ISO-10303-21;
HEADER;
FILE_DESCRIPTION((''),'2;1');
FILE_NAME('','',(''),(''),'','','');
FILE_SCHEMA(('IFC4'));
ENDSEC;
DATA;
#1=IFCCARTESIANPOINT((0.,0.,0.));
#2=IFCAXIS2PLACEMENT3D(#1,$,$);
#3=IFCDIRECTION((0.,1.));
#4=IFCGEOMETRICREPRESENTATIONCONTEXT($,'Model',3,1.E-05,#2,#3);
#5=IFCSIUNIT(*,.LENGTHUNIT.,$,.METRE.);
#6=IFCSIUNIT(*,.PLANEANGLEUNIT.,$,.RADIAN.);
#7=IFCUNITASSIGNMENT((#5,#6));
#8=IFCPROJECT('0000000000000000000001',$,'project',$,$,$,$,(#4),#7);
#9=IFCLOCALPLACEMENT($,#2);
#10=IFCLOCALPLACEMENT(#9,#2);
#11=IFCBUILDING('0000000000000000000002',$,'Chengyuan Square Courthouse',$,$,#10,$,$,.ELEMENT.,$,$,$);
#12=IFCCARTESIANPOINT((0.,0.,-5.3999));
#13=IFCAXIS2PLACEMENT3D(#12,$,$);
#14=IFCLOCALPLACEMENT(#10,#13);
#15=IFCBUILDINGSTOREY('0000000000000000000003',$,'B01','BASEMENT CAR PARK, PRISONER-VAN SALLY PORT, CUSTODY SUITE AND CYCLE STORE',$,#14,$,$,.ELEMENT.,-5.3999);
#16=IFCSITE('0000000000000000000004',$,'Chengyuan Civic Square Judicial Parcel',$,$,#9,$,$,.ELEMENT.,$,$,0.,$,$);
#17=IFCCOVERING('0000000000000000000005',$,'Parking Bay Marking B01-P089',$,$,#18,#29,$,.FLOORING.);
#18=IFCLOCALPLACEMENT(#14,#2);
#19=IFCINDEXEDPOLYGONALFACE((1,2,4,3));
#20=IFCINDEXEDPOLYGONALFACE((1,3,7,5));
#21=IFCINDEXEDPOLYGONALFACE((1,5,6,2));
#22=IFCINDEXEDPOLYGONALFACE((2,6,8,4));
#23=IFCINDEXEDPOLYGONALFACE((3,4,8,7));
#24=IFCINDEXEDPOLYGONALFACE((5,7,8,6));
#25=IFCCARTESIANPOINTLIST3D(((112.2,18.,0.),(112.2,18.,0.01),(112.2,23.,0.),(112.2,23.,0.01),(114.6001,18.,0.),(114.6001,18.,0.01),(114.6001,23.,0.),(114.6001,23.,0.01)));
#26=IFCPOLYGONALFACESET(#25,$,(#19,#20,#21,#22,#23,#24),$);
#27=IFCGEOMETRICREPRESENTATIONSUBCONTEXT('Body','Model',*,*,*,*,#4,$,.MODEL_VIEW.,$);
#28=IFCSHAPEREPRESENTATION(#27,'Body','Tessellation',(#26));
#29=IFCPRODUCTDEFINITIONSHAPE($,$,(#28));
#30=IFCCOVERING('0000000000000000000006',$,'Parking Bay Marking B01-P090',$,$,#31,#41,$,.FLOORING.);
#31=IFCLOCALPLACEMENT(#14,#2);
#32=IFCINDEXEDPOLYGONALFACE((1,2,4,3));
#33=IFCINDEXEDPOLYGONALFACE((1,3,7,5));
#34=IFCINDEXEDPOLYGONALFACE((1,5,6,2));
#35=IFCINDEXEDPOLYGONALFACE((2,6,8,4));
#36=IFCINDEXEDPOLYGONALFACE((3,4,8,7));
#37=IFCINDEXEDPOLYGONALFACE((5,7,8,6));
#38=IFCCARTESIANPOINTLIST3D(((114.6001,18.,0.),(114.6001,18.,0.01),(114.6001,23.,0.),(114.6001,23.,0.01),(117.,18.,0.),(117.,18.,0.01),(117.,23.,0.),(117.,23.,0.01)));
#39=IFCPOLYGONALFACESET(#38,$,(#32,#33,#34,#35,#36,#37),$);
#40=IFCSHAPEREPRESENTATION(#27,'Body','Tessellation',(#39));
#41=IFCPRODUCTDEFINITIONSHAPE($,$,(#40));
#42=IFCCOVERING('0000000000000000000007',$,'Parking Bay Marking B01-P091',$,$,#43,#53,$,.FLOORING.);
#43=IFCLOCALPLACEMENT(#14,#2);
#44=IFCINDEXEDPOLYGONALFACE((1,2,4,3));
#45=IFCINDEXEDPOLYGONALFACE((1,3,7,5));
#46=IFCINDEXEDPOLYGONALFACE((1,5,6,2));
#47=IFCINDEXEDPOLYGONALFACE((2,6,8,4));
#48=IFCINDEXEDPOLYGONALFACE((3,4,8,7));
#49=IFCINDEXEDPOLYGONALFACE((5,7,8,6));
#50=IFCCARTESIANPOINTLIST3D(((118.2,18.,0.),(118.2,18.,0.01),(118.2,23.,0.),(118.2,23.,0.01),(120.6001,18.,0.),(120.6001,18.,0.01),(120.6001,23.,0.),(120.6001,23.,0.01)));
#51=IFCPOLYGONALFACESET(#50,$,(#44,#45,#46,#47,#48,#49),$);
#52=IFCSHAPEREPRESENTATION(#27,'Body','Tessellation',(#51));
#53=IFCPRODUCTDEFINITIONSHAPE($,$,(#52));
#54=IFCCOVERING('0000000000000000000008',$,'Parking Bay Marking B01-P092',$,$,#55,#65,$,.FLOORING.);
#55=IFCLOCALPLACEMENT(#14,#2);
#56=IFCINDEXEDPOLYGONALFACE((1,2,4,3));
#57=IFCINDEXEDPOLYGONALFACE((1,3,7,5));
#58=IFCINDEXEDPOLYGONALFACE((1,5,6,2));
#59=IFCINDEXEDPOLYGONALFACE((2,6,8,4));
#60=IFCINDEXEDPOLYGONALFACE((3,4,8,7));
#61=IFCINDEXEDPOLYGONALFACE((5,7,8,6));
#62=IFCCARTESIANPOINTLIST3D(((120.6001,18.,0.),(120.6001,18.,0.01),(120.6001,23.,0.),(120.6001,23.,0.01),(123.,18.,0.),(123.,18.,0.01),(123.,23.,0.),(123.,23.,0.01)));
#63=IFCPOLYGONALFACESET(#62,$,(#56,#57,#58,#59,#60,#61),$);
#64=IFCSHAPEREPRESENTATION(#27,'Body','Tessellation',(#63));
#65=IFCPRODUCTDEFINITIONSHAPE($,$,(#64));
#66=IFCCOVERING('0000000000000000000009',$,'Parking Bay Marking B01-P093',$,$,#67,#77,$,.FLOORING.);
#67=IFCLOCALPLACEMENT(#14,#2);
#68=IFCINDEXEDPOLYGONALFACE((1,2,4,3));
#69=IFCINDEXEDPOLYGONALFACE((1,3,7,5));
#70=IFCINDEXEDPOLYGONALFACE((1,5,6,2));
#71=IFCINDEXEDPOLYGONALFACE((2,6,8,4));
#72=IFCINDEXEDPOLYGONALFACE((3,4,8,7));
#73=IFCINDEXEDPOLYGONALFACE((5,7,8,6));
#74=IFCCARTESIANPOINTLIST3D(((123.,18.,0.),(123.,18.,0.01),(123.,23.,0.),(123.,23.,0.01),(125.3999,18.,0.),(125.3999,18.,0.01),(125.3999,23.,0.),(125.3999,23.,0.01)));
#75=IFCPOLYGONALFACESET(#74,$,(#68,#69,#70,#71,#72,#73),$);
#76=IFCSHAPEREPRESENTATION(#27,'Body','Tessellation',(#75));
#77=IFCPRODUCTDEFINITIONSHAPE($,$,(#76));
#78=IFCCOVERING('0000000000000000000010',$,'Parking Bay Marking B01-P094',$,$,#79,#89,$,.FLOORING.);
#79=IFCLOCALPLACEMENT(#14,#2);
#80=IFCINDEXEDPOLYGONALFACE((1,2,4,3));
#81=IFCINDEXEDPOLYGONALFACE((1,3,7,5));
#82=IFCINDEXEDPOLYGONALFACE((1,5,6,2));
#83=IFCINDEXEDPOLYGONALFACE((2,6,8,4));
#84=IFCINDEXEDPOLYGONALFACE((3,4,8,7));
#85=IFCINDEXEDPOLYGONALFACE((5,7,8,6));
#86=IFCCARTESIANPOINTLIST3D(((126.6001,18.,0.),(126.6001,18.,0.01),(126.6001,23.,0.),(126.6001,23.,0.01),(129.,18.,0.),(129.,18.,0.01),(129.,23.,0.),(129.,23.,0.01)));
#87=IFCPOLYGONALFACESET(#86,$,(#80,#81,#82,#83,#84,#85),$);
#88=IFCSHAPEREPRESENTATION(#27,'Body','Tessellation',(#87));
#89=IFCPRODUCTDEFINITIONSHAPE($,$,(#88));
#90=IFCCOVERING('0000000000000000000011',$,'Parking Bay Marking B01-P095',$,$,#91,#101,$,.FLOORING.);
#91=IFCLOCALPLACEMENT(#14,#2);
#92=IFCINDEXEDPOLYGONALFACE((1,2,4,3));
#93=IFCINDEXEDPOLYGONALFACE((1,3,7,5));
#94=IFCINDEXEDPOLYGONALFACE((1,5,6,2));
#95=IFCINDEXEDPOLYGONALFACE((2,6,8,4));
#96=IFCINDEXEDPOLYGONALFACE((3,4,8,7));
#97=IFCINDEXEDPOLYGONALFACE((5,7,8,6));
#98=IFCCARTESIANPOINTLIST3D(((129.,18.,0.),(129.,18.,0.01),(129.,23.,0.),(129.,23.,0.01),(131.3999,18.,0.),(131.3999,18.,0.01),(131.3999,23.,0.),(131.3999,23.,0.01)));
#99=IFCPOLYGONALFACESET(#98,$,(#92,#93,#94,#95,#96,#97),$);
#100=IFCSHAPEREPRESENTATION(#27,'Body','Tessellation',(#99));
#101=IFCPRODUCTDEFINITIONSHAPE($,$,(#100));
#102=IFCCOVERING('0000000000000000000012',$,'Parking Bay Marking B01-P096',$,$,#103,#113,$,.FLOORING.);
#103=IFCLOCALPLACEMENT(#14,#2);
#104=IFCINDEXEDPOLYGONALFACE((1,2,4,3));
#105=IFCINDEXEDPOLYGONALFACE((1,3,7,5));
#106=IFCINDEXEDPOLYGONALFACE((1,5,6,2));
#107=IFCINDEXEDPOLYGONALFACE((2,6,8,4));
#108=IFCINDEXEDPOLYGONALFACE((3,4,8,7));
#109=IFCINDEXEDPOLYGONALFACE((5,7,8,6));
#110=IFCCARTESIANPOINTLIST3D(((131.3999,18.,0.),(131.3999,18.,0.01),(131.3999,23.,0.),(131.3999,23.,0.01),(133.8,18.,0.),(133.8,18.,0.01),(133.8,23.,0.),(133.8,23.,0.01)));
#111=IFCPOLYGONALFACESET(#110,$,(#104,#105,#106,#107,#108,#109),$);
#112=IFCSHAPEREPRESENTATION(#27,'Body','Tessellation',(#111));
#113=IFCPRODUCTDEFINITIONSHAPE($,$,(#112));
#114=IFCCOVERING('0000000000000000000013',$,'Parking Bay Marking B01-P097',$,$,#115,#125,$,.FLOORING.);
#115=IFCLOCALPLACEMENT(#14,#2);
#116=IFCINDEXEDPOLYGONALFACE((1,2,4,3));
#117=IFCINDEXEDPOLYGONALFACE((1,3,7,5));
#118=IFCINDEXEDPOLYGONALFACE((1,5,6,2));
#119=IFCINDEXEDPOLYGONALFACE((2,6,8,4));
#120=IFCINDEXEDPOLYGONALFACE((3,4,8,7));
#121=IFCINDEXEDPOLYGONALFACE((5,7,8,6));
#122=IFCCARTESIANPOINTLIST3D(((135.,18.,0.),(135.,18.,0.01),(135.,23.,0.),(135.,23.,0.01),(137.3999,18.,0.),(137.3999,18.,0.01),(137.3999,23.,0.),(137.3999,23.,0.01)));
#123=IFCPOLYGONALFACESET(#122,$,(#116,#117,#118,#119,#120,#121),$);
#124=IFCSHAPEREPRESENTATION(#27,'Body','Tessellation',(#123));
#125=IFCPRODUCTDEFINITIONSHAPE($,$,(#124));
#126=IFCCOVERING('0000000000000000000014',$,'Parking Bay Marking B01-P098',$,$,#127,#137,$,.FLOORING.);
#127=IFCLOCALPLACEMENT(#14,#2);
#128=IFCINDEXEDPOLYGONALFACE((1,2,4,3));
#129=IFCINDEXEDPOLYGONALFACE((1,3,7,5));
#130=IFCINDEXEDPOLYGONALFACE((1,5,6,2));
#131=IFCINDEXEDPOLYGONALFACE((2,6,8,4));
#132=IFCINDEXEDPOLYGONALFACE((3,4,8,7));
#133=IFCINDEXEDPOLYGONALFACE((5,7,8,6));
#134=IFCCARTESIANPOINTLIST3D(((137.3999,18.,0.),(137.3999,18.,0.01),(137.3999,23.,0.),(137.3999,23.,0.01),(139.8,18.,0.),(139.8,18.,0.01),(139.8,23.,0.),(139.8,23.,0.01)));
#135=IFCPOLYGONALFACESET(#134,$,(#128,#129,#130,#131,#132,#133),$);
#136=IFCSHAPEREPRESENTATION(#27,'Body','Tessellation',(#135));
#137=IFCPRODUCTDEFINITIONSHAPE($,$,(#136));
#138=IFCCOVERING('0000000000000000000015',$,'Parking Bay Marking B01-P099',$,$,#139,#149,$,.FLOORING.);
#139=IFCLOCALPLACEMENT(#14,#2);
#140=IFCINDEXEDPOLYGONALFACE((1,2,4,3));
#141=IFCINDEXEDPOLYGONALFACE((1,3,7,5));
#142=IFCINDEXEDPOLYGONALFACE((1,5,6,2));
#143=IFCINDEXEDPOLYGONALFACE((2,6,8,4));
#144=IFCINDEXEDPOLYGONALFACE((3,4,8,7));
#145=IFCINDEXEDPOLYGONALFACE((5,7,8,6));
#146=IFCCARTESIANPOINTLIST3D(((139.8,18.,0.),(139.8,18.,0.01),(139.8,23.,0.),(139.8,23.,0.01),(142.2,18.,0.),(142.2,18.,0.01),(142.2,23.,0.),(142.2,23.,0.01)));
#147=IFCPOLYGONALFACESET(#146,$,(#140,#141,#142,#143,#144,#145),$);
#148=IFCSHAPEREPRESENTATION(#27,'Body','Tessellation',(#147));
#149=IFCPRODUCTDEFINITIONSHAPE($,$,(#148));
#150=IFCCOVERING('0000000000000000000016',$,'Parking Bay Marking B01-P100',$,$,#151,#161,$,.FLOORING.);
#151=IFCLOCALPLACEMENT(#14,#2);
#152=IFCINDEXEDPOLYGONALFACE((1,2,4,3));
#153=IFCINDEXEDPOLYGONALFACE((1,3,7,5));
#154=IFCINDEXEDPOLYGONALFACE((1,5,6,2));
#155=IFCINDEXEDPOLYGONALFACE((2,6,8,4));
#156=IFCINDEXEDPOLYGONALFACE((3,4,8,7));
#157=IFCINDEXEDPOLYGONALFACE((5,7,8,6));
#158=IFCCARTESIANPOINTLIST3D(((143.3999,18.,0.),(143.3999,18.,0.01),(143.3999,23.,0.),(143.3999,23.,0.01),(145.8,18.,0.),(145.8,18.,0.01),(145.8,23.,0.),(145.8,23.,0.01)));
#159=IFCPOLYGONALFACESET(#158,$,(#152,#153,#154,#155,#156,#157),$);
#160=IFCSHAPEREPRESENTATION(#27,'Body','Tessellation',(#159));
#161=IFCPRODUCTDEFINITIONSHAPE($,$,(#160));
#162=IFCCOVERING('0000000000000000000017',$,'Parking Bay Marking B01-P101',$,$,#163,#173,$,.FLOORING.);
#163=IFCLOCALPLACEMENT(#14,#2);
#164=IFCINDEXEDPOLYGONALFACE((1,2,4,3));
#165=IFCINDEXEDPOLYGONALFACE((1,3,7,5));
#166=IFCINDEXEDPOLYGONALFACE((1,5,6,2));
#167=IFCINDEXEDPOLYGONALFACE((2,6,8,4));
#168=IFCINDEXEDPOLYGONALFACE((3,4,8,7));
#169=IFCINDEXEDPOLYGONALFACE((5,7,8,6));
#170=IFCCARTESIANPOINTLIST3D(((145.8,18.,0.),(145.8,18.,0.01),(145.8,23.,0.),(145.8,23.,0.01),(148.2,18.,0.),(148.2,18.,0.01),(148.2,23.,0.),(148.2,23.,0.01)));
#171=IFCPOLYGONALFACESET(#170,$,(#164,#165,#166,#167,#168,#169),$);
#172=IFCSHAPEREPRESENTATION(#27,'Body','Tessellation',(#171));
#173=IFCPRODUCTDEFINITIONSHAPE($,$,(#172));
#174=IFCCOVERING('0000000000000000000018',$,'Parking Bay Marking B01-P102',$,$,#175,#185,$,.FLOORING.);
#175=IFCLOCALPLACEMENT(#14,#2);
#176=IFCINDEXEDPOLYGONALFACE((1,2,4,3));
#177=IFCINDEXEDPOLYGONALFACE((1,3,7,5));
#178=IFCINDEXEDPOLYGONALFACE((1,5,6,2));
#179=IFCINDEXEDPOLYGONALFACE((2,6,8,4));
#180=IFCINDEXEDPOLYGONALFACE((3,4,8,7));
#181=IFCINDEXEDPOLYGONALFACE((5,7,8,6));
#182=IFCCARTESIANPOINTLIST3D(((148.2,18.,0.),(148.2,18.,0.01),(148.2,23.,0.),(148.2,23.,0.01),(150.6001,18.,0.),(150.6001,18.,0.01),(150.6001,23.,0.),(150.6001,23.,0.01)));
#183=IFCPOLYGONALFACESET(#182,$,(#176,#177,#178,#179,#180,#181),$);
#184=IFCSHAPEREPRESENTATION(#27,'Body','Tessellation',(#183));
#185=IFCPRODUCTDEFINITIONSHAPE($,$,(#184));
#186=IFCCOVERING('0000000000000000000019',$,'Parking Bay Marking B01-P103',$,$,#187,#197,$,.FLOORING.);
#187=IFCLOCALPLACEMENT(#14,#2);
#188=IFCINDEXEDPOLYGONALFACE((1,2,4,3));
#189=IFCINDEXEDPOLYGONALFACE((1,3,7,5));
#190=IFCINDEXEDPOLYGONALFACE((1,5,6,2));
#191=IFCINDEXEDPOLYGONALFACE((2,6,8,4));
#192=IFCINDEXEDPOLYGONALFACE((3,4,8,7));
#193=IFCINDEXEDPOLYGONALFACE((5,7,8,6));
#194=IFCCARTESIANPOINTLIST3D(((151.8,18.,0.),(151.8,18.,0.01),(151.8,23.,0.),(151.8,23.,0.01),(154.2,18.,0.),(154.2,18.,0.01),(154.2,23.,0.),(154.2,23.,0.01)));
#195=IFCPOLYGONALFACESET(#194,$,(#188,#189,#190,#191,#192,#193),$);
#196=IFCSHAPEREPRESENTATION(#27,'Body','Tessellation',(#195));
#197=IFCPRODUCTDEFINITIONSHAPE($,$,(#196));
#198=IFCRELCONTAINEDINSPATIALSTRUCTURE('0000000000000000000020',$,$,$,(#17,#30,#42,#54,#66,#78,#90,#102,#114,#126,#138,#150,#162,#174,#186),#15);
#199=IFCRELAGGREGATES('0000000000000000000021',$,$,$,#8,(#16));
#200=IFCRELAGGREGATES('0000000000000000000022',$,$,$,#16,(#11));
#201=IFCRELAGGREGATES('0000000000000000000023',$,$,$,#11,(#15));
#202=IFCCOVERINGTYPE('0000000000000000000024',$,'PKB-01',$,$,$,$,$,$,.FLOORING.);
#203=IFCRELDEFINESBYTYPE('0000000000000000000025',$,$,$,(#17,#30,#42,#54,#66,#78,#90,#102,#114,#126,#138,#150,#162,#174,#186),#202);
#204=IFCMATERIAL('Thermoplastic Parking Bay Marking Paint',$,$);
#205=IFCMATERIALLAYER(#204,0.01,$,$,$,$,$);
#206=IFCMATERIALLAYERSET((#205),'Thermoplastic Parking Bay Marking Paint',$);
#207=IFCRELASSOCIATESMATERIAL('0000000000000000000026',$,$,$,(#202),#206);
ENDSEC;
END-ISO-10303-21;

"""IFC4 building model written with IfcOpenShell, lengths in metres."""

from ifc_helpers import new_model, si_unit, direction, frame, origin, place, context, subcontext, project, spatial, polyline, outline, extrude, material, layer, layer_set, type_object, element, save


model = new_model("IFC4")

# Units and contexts
model_context = context("Model", 3, precision=1e-05, world=origin(), true_north=direction((0.0, 1.0)))
body_context = subcontext(model_context, "Body", "Model", "MODEL_VIEW")
ifc_project = project(units=[si_unit("LENGTHUNIT", "METRE"), si_unit("PLANEANGLEUNIT", "RADIAN")], contexts=[model_context])

# Site, building, storey
site_placement = place(None, origin())
site = spatial("IfcSite", under=ifc_project, at=site_placement, Name="Chengyuan Civic Square Judicial Parcel", CompositionType="ELEMENT", RefElevation=0.0)
building_placement = place(site_placement, origin())
building = spatial("IfcBuilding", under=site, at=building_placement, Name="Chengyuan Square Courthouse", CompositionType="ELEMENT")
storey_placement = place(building_placement, frame((0.0, 0.0, -5.3999)))
storey = spatial("IfcBuildingStorey", under=building, at=storey_placement, Name="B01", Description="BASEMENT CAR PARK, PRISONER-VAN SALLY PORT, CUSTODY SUITE AND CYCLE STORE", CompositionType="ELEMENT", Elevation=-5.3999)

# Coverings
ifc_material_1 = material(Name="Thermoplastic Parking Bay Marking Paint")
ifc_layer_1 = layer(ifc_material_1, 0.01)
ifc_layer_set_1 = layer_set([ifc_layer_1], Name="Thermoplastic Parking Bay Marking Paint")
covering_type = type_object("IfcCoveringType", Name="PKB-01", PredefinedType="FLOORING", material=ifc_layer_set_1)
covering_1_placement = place(storey_placement, origin())
element("IfcCovering", 1, at=covering_1_placement, inside=storey, type_object=covering_type, Name="Parking Bay Marking B01-P089", PredefinedType="FLOORING", context=body_context, shape_type="SweptSolid", body=[
    extrude(outline(polyline([(112.2, 18.0), (114.6001, 18.0), (114.6001, 23.0), (112.2, 23.0), (112.2, 18.0)])), origin(), (0.0, 0.0, 1.0), 0.01),
])
covering_2_placement = place(storey_placement, origin())
element("IfcCovering", 2, at=covering_2_placement, inside=storey, type_object=covering_type, Name="Parking Bay Marking B01-P090", PredefinedType="FLOORING", context=body_context, shape_type="SweptSolid", body=[
    extrude(outline(polyline([(114.6001, 18.0), (117.0, 18.0), (117.0, 23.0), (114.6001, 23.0), (114.6001, 18.0)])), origin(), (0.0, 0.0, 1.0), 0.01),
])
covering_3_placement = place(storey_placement, origin())
element("IfcCovering", 3, at=covering_3_placement, inside=storey, type_object=covering_type, Name="Parking Bay Marking B01-P091", PredefinedType="FLOORING", context=body_context, shape_type="SweptSolid", body=[
    extrude(outline(polyline([(118.2, 18.0), (120.6001, 18.0), (120.6001, 23.0), (118.2, 23.0), (118.2, 18.0)])), origin(), (0.0, 0.0, 1.0), 0.01),
])
covering_4_placement = place(storey_placement, origin())
element("IfcCovering", 4, at=covering_4_placement, inside=storey, type_object=covering_type, Name="Parking Bay Marking B01-P092", PredefinedType="FLOORING", context=body_context, shape_type="SweptSolid", body=[
    extrude(outline(polyline([(120.6001, 18.0), (123.0, 18.0), (123.0, 23.0), (120.6001, 23.0), (120.6001, 18.0)])), origin(), (0.0, 0.0, 1.0), 0.01),
])
covering_5_placement = place(storey_placement, origin())
element("IfcCovering", 5, at=covering_5_placement, inside=storey, type_object=covering_type, Name="Parking Bay Marking B01-P093", PredefinedType="FLOORING", context=body_context, shape_type="SweptSolid", body=[
    extrude(outline(polyline([(123.0, 18.0), (125.3999, 18.0), (125.3999, 23.0), (123.0, 23.0), (123.0, 18.0)])), origin(), (0.0, 0.0, 1.0), 0.01),
])
covering_6_placement = place(storey_placement, origin())
element("IfcCovering", 6, at=covering_6_placement, inside=storey, type_object=covering_type, Name="Parking Bay Marking B01-P094", PredefinedType="FLOORING", context=body_context, shape_type="SweptSolid", body=[
    extrude(outline(polyline([(126.6001, 18.0), (129.0, 18.0), (129.0, 23.0), (126.6001, 23.0), (126.6001, 18.0)])), origin(), (0.0, 0.0, 1.0), 0.01),
])
covering_7_placement = place(storey_placement, origin())
element("IfcCovering", 7, at=covering_7_placement, inside=storey, type_object=covering_type, Name="Parking Bay Marking B01-P095", PredefinedType="FLOORING", context=body_context, shape_type="SweptSolid", body=[
    extrude(outline(polyline([(129.0, 18.0), (131.3999, 18.0), (131.3999, 23.0), (129.0, 23.0), (129.0, 18.0)])), origin(), (0.0, 0.0, 1.0), 0.01),
])
covering_8_placement = place(storey_placement, origin())
element("IfcCovering", 8, at=covering_8_placement, inside=storey, type_object=covering_type, Name="Parking Bay Marking B01-P096", PredefinedType="FLOORING", context=body_context, shape_type="SweptSolid", body=[
    extrude(outline(polyline([(131.3999, 18.0), (133.8, 18.0), (133.8, 23.0), (131.3999, 23.0), (131.3999, 18.0)])), origin(), (0.0, 0.0, 1.0), 0.01),
])
covering_9_placement = place(storey_placement, origin())
element("IfcCovering", 9, at=covering_9_placement, inside=storey, type_object=covering_type, Name="Parking Bay Marking B01-P097", PredefinedType="FLOORING", context=body_context, shape_type="SweptSolid", body=[
    extrude(outline(polyline([(135.0, 18.0), (137.3999, 18.0), (137.3999, 23.0), (135.0, 23.0), (135.0, 18.0)])), origin(), (0.0, 0.0, 1.0), 0.01),
])
covering_10_placement = place(storey_placement, origin())
element("IfcCovering", 10, at=covering_10_placement, inside=storey, type_object=covering_type, Name="Parking Bay Marking B01-P098", PredefinedType="FLOORING", context=body_context, shape_type="SweptSolid", body=[
    extrude(outline(polyline([(137.3999, 18.0), (139.8, 18.0), (139.8, 23.0), (137.3999, 23.0), (137.3999, 18.0)])), origin(), (0.0, 0.0, 1.0), 0.01),
])
covering_11_placement = place(storey_placement, origin())
element("IfcCovering", 11, at=covering_11_placement, inside=storey, type_object=covering_type, Name="Parking Bay Marking B01-P099", PredefinedType="FLOORING", context=body_context, shape_type="SweptSolid", body=[
    extrude(outline(polyline([(139.8, 18.0), (142.2, 18.0), (142.2, 23.0), (139.8, 23.0), (139.8, 18.0)])), origin(), (0.0, 0.0, 1.0), 0.01),
])
covering_12_placement = place(storey_placement, origin())
element("IfcCovering", 12, at=covering_12_placement, inside=storey, type_object=covering_type, Name="Parking Bay Marking B01-P100", PredefinedType="FLOORING", context=body_context, shape_type="SweptSolid", body=[
    extrude(outline(polyline([(143.3999, 18.0), (145.8, 18.0), (145.8, 23.0), (143.3999, 23.0), (143.3999, 18.0)])), origin(), (0.0, 0.0, 1.0), 0.01),
])
covering_13_placement = place(storey_placement, origin())
element("IfcCovering", 13, at=covering_13_placement, inside=storey, type_object=covering_type, Name="Parking Bay Marking B01-P101", PredefinedType="FLOORING", context=body_context, shape_type="SweptSolid", body=[
    extrude(outline(polyline([(145.8, 18.0), (148.2, 18.0), (148.2, 23.0), (145.8, 23.0), (145.8, 18.0)])), origin(), (0.0, 0.0, 1.0), 0.01),
])
covering_14_placement = place(storey_placement, origin())
element("IfcCovering", 14, at=covering_14_placement, inside=storey, type_object=covering_type, Name="Parking Bay Marking B01-P102", PredefinedType="FLOORING", context=body_context, shape_type="SweptSolid", body=[
    extrude(outline(polyline([(148.2, 18.0), (150.6001, 18.0), (150.6001, 23.0), (148.2, 23.0), (148.2, 18.0)])), origin(), (0.0, 0.0, 1.0), 0.01),
])
covering_15_placement = place(storey_placement, origin())
element("IfcCovering", 15, at=covering_15_placement, inside=storey, type_object=covering_type, Name="Parking Bay Marking B01-P103", PredefinedType="FLOORING", context=body_context, shape_type="SweptSolid", body=[
    extrude(outline(polyline([(151.8, 18.0), (154.2, 18.0), (154.2, 23.0), (151.8, 23.0), (151.8, 18.0)])), origin(), (0.0, 0.0, 1.0), 0.01),
])

save(model, "model.ifc")
